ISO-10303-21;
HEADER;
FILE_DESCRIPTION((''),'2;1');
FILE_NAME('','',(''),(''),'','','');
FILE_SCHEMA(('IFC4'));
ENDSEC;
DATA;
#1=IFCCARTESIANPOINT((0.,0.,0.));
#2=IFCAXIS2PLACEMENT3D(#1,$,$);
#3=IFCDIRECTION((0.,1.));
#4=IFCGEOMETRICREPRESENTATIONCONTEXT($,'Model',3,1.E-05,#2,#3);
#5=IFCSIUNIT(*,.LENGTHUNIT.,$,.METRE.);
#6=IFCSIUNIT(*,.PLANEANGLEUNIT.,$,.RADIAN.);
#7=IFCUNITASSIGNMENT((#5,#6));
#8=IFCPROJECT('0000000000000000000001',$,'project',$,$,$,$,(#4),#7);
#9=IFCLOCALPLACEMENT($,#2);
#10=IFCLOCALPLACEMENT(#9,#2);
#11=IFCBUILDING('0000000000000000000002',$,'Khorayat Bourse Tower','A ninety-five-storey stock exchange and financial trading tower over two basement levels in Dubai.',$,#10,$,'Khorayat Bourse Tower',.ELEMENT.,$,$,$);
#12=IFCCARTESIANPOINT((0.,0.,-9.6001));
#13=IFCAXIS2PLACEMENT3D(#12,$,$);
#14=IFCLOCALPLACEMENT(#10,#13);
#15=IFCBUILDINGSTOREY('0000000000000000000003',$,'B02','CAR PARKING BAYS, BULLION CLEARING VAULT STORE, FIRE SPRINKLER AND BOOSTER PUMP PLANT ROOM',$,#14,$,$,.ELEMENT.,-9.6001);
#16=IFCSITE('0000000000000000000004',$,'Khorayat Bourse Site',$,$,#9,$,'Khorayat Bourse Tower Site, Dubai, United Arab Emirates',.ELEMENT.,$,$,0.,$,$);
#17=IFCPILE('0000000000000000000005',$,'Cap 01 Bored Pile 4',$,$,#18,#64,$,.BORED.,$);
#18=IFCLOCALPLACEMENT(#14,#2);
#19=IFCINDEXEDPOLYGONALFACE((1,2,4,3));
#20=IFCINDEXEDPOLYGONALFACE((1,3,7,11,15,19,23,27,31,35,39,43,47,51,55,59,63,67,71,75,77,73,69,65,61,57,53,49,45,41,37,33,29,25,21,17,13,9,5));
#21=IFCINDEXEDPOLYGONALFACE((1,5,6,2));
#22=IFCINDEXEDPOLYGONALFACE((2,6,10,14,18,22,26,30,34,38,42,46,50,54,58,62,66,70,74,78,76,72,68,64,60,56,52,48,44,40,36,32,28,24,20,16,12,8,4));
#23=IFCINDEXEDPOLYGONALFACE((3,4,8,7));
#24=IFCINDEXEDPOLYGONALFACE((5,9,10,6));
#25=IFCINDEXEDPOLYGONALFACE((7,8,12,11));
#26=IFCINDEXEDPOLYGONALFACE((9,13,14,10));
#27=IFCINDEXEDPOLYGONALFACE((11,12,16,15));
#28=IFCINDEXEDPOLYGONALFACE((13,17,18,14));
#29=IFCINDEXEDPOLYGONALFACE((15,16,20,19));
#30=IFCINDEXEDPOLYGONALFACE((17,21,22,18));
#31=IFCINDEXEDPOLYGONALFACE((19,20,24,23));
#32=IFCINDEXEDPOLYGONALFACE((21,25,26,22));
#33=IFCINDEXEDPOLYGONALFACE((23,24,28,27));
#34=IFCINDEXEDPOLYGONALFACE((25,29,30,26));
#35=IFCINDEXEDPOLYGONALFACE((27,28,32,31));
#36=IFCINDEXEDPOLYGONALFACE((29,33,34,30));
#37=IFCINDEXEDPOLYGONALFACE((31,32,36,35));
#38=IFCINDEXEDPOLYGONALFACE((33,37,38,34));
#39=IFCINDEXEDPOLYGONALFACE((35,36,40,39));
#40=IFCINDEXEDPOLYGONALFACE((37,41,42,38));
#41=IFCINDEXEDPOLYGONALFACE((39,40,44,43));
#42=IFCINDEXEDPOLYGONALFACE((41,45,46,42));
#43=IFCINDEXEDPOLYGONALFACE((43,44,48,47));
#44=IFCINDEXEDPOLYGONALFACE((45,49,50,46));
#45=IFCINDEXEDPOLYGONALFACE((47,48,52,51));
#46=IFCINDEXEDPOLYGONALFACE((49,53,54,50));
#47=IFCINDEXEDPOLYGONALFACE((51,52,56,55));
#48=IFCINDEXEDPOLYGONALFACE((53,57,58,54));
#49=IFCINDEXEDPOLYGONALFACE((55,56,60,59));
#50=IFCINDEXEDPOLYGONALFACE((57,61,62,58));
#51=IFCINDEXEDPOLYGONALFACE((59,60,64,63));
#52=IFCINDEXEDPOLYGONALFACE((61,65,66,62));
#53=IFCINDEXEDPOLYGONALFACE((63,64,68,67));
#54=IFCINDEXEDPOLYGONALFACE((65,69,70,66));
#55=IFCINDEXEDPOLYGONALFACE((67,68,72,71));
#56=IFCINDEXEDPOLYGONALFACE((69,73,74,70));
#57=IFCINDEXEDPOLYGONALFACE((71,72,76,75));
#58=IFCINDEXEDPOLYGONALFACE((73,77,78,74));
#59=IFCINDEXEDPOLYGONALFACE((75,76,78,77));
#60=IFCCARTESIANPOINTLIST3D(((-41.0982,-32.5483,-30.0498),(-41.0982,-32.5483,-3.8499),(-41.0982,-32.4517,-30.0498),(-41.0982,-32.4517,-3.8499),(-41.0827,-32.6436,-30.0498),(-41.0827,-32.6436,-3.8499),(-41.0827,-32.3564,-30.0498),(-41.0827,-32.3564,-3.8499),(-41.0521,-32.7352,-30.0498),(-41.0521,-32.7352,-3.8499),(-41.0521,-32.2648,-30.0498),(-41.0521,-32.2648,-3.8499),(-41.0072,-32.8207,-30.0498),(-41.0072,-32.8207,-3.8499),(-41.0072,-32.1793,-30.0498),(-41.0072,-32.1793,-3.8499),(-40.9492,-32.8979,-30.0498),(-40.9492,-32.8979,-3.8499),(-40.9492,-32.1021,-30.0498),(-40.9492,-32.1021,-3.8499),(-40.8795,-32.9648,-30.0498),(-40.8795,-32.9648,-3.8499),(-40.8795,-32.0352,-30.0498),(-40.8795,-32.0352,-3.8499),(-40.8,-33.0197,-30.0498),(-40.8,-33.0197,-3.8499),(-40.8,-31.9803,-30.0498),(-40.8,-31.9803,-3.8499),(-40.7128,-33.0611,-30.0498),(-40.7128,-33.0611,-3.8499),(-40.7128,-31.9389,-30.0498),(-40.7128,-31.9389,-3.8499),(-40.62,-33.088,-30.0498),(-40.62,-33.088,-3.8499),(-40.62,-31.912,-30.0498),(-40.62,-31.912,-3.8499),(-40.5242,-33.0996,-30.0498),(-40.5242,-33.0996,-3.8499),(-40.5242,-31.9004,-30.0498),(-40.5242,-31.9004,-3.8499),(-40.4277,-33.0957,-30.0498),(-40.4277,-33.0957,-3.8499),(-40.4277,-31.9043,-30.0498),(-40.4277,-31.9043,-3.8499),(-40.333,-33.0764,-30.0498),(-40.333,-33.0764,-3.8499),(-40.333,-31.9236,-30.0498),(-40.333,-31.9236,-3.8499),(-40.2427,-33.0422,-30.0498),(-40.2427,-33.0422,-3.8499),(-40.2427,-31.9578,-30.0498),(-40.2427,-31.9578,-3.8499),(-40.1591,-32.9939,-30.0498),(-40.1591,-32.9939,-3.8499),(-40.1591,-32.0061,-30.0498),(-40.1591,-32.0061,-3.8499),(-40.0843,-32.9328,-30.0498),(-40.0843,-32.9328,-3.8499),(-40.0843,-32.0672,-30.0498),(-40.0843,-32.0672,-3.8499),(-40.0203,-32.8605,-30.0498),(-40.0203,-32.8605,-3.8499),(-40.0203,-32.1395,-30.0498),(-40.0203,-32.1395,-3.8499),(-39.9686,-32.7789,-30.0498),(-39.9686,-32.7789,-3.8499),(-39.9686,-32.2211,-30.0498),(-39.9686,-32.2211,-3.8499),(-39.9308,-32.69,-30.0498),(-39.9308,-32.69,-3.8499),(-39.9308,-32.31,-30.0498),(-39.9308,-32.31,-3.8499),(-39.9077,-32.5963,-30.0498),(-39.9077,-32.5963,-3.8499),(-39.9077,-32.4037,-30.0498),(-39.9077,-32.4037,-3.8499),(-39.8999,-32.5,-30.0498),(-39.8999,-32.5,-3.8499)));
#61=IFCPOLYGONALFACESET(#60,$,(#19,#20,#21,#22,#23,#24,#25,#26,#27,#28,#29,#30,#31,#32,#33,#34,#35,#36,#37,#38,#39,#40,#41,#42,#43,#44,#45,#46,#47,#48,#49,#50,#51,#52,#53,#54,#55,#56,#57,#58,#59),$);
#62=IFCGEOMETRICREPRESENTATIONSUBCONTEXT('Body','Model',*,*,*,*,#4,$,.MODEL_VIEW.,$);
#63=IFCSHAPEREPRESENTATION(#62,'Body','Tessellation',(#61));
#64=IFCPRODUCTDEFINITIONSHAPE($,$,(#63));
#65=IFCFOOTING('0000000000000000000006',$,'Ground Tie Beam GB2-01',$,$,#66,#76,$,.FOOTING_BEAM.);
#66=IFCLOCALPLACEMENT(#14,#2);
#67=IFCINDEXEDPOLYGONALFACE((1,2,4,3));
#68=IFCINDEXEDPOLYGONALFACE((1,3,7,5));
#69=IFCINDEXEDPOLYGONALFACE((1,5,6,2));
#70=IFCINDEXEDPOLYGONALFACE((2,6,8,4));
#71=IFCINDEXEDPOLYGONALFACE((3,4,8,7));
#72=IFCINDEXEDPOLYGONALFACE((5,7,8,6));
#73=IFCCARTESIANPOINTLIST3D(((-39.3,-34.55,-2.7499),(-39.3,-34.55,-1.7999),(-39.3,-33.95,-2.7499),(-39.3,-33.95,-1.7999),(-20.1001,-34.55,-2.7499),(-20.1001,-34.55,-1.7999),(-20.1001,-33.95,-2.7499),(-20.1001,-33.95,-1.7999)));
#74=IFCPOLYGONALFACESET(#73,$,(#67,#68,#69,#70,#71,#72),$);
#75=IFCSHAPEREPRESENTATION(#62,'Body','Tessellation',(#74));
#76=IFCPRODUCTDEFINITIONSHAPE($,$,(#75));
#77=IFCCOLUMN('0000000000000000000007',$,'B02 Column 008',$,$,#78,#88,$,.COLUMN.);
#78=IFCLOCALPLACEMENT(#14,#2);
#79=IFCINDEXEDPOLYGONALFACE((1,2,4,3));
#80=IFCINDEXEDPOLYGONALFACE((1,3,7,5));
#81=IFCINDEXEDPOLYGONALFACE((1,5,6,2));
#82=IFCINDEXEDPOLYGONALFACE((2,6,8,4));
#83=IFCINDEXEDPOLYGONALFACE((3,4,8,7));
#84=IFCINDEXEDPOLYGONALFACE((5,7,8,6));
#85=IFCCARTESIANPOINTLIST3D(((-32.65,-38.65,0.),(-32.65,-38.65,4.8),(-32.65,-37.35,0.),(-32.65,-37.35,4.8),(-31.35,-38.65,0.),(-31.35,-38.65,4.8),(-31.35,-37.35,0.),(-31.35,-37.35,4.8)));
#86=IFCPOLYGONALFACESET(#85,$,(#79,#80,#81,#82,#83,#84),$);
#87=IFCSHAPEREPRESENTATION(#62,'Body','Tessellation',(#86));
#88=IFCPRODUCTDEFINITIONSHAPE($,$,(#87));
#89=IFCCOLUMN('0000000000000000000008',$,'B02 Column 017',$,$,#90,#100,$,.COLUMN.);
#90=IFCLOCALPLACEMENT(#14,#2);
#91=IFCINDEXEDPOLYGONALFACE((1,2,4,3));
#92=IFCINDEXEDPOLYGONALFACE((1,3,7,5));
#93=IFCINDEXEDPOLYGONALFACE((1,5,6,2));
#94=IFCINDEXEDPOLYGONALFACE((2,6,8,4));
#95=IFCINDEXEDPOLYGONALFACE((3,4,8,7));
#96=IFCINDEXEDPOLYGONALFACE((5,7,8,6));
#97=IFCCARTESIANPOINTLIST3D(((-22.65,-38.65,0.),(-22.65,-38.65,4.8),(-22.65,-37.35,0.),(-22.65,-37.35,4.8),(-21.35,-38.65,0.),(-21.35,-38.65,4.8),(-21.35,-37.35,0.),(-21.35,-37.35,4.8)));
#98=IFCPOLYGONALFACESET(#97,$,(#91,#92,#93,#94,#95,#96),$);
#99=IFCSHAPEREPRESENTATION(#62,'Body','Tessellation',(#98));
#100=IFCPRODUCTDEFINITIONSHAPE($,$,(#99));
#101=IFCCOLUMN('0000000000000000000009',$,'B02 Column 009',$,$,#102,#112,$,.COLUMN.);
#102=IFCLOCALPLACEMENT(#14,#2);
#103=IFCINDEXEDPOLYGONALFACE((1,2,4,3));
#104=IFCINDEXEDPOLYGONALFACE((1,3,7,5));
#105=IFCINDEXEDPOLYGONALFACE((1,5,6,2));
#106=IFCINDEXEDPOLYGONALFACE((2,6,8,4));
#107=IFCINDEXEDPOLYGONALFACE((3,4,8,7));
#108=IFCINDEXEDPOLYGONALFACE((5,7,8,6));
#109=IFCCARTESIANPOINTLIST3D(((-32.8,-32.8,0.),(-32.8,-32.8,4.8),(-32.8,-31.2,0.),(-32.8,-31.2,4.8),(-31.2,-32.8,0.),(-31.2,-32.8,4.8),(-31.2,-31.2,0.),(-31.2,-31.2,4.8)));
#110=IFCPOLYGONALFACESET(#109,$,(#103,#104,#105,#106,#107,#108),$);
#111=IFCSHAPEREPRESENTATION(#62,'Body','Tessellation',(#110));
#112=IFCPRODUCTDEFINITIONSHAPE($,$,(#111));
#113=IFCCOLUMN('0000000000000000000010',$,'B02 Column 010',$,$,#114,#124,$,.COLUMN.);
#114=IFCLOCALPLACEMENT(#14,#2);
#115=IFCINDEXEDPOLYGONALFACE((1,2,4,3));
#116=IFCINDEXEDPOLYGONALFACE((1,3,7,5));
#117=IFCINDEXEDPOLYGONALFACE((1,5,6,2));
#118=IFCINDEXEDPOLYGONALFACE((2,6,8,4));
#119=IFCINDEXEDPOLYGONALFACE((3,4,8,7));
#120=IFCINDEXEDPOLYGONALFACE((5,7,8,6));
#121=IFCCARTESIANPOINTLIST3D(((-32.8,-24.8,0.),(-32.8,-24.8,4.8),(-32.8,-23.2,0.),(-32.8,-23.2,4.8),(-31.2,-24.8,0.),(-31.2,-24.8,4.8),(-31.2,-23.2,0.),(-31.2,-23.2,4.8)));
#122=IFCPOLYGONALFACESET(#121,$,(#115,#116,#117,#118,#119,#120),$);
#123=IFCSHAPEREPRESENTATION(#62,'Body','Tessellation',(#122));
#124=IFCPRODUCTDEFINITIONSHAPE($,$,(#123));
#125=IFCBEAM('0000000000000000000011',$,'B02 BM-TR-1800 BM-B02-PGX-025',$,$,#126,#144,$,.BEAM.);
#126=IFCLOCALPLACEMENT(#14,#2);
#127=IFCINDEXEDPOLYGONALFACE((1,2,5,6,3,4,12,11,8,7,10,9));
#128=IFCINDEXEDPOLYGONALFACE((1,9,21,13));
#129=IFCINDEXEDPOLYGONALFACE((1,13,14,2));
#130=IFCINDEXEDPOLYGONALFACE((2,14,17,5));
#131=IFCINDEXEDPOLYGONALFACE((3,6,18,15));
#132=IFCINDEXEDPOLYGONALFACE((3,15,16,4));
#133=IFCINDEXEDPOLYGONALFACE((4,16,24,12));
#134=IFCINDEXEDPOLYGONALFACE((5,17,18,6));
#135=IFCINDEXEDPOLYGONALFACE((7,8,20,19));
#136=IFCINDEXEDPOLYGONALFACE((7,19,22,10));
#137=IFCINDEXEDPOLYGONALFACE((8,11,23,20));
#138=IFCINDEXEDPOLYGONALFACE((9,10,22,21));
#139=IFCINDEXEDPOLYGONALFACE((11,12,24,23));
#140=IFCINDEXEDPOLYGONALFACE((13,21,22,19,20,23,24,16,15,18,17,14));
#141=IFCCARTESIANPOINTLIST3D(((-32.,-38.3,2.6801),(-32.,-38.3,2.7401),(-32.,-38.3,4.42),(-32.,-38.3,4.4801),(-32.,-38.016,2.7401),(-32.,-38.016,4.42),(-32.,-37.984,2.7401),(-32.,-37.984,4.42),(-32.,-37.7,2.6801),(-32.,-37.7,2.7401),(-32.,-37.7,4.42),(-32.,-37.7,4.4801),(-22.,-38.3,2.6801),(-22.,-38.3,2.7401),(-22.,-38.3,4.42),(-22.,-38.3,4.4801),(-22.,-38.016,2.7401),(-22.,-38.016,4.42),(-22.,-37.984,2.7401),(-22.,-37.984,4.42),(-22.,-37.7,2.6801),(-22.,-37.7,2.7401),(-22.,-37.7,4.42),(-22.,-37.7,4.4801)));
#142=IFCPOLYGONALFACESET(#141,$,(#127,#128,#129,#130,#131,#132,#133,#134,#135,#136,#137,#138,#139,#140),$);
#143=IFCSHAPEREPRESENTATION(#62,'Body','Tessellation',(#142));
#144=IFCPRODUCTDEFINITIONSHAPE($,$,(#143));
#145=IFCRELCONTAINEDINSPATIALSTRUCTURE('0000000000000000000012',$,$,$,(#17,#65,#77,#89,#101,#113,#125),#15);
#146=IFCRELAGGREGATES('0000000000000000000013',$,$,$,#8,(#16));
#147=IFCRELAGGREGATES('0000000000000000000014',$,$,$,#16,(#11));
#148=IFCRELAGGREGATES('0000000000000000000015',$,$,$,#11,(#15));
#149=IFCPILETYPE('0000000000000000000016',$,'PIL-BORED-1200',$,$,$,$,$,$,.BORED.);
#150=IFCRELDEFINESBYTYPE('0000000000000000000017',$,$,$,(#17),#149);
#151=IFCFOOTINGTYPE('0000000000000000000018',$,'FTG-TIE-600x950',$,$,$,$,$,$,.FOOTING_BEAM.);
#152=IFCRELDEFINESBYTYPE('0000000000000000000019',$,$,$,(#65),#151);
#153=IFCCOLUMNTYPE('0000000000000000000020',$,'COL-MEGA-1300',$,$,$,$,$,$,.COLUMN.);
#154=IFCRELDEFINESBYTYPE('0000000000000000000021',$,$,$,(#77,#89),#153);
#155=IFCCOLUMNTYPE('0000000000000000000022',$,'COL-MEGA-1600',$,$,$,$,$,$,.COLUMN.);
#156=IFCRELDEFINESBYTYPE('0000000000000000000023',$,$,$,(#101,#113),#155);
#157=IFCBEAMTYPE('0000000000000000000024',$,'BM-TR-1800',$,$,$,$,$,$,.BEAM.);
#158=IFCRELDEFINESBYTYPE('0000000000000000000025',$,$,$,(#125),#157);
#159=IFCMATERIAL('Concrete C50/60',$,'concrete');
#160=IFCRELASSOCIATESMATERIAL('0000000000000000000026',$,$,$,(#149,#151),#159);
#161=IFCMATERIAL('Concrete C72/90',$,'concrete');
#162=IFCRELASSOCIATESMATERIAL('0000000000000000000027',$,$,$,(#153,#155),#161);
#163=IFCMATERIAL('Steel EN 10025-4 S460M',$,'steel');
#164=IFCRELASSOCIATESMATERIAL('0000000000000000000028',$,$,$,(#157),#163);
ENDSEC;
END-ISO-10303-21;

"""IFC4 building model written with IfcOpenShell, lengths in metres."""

from ifc_helpers import new_model, si_unit, direction, frame, origin, origin_2d, place, context, subcontext, project, spatial, rectangle, circle, i_section, extrude, source, transform, mapped, material, material_profile, profile_set, type_object, element, save


model = new_model("IFC4")

# Units and contexts
model_context = context("Model", 3, precision=1e-05, world=origin(), true_north=direction((0.0, 1.0)))
body_context = subcontext(model_context, "Body", "Model", "MODEL_VIEW")
ifc_project = project(units=[si_unit("LENGTHUNIT", "METRE"), si_unit("PLANEANGLEUNIT", "RADIAN")], contexts=[model_context])

# Site, building, storey
site_placement = place(None, origin())
site = spatial("IfcSite", under=ifc_project, at=site_placement, Name="Khorayat Bourse Site", LongName="Khorayat Bourse Tower Site, Dubai, United Arab Emirates", CompositionType="ELEMENT", RefElevation=0.0)
building_placement = place(site_placement, origin())
building = spatial("IfcBuilding", under=site, at=building_placement, Name="Khorayat Bourse Tower", Description="A ninety-five-storey stock exchange and financial trading tower over two basement levels in Dubai.", LongName="Khorayat Bourse Tower", CompositionType="ELEMENT")
storey_placement = place(building_placement, frame((0.0, 0.0, -9.6001)))
storey = spatial("IfcBuildingStorey", under=building, at=storey_placement, Name="B02", Description="CAR PARKING BAYS, BULLION CLEARING VAULT STORE, FIRE SPRINKLER AND BOOSTER PUMP PLANT ROOM", CompositionType="ELEMENT", Elevation=-9.6001)

# Pile
ifc_material_1 = material(Name="Concrete C50/60", Category="concrete")
ifc_material_profile_1 = material_profile(ifc_material_1, circle(Radius=0.6001, at=origin_2d()), Name="BORED PILE D1200")
ifc_profile_set_1 = profile_set([ifc_material_profile_1], Name="Concrete C50/60")
pile_type_1 = type_object("IfcPileType", Name="PIL-BORED-1200", PredefinedType="BORED", material=ifc_profile_set_1)
shared_shape_1 = source(origin(), body_context, "Body", "SweptSolid", [
    extrude(circle(Radius=0.6001, at=origin_2d()), origin(), (0.0, 0.0, 1.0), 26.2),
])
for number, where, z_axis, x_axis, name in (
    (1, (-40.5, -32.5, -3.8499), (0.0, 0.0, -1.0), (1.0, 0.0, 0.0), "Cap 01 Bored Pile 4"),
):
    element("IfcPile", number, at=place(storey_placement, frame(where, z_axis=z_axis, x_axis=x_axis)), inside=storey, type_object=pile_type_1, Name=name, PredefinedType="BORED", context=body_context, shape_type="MappedRepresentation", body=[
        mapped(shared_shape_1, transform((0.0, 0.0, 0.0), scale=1.0)),
    ])

# Footing
ifc_material_profile_2 = material_profile(ifc_material_1, rectangle(XDim=0.6001, YDim=0.95, at=origin_2d()), Name="RC 600x950")
ifc_profile_set_2 = profile_set([ifc_material_profile_2], Name="Concrete C50/60")
footing_type = type_object("IfcFootingType", Name="FTG-TIE-600x950", PredefinedType="FOOTING_BEAM", material=ifc_profile_set_2)
shared_shape_2 = source(origin(), body_context, "Body", "SweptSolid", [
    extrude(rectangle(XDim=0.6001, YDim=0.95, at=origin_2d()), origin(), (0.0, 0.0, 1.0), 19.2),
])
footing_placement = place(storey_placement, frame((-39.3, -34.25, -2.2749), z_axis=(1.0, 0.0, 0.0), x_axis=(0.0, 1.0, 0.0)))
element("IfcFooting", 2, at=footing_placement, inside=storey, type_object=footing_type, Name="Ground Tie Beam GB2-01", PredefinedType="FOOTING_BEAM", context=body_context, shape_type="MappedRepresentation", body=[
    mapped(shared_shape_2, transform((0.0, 0.0, 0.0), scale=1.0)),
])

# Columns
ifc_material_2 = material(Name="Concrete C72/90", Category="concrete")
ifc_material_profile_3 = material_profile(ifc_material_2, rectangle(XDim=1.3, YDim=1.3, at=origin_2d()), Name="RC 1300x1300")
ifc_profile_set_3 = profile_set([ifc_material_profile_3], Name="Concrete C72/90")
column_type_1 = type_object("IfcColumnType", Name="COL-MEGA-1300", PredefinedType="COLUMN", material=ifc_profile_set_3)
shared_shape_3 = source(origin(), body_context, "Body", "SweptSolid", [
    extrude(rectangle(XDim=1.3, YDim=1.3, at=origin_2d()), origin(), (0.0, 0.0, 1.0), 4.8),
])
for number, where, z_axis, x_axis, name in (
    (3, (-32.0, -38.0, 0.0), (0.0, 0.0, 1.0), (1.0, 0.0, 0.0), "B02 Column 008"),
    (4, (-22.0, -38.0, 0.0), (0.0, 0.0, 1.0), (1.0, 0.0, 0.0), "B02 Column 017"),
):
    element("IfcColumn", number, at=place(storey_placement, frame(where, z_axis=z_axis, x_axis=x_axis)), inside=storey, type_object=column_type_1, Name=name, PredefinedType="COLUMN", context=body_context, shape_type="MappedRepresentation", body=[
        mapped(shared_shape_3, transform((0.0, 0.0, 0.0), scale=1.0)),
    ])
ifc_material_profile_4 = material_profile(ifc_material_2, rectangle(XDim=1.6001, YDim=1.6001, at=origin_2d()), Name="RC 1600x1600")
ifc_profile_set_4 = profile_set([ifc_material_profile_4], Name="Concrete C72/90")
column_type_2 = type_object("IfcColumnType", Name="COL-MEGA-1600", PredefinedType="COLUMN", material=ifc_profile_set_4)
shared_shape_4 = source(origin(), body_context, "Body", "SweptSolid", [
    extrude(rectangle(XDim=1.6001, YDim=1.6001, at=origin_2d()), origin(), (0.0, 0.0, 1.0), 4.8),
])
for number, where, z_axis, x_axis, name in (
    (5, (-32.0, -32.0, 0.0), (0.0, 0.0, 1.0), (1.0, 0.0, 0.0), "B02 Column 009"),
    (6, (-32.0, -24.0, 0.0), (0.0, 0.0, 1.0), (1.0, 0.0, 0.0), "B02 Column 010"),
):
    element("IfcColumn", number, at=place(storey_placement, frame(where, z_axis=z_axis, x_axis=x_axis)), inside=storey, type_object=column_type_2, Name=name, PredefinedType="COLUMN", context=body_context, shape_type="MappedRepresentation", body=[
        mapped(shared_shape_4, transform((0.0, 0.0, 0.0), scale=1.0)),
    ])

# Beam
ifc_material_3 = material(Name="Steel EN 10025-4 S460M", Category="steel")
ifc_material_profile_5 = material_profile(ifc_material_3, i_section(OverallWidth=0.6001, OverallDepth=1.8, WebThickness=0.032, FlangeThickness=0.0601, at=origin_2d()), Name="PG 1800x600x32x60")
ifc_profile_set_5 = profile_set([ifc_material_profile_5], Name="Steel EN 10025-4 S460M")
beam_type_1 = type_object("IfcBeamType", Name="BM-TR-1800", PredefinedType="BEAM", material=ifc_profile_set_5)
shared_shape_5 = source(origin(), body_context, "Body", "SweptSolid", [
    extrude(i_section(OverallWidth=0.6001, OverallDepth=1.8, WebThickness=0.032, FlangeThickness=0.0601, at=origin_2d()), origin(), (0.0, 0.0, 1.0), 10.0),
])
beam_1_placement = place(storey_placement, frame((-32.0, -38.0, 3.5801), z_axis=(1.0, 0.0, 0.0), x_axis=(0.0, 1.0, 0.0)))
element("IfcBeam", 7, at=beam_1_placement, inside=storey, type_object=beam_type_1, Name="B02 BM-TR-1800 BM-B02-PGX-025", PredefinedType="BEAM", context=body_context, shape_type="MappedRepresentation", body=[
    mapped(shared_shape_5, transform((0.0, 0.0, 0.0), scale=1.0)),
])

save(model, "model.ifc")
